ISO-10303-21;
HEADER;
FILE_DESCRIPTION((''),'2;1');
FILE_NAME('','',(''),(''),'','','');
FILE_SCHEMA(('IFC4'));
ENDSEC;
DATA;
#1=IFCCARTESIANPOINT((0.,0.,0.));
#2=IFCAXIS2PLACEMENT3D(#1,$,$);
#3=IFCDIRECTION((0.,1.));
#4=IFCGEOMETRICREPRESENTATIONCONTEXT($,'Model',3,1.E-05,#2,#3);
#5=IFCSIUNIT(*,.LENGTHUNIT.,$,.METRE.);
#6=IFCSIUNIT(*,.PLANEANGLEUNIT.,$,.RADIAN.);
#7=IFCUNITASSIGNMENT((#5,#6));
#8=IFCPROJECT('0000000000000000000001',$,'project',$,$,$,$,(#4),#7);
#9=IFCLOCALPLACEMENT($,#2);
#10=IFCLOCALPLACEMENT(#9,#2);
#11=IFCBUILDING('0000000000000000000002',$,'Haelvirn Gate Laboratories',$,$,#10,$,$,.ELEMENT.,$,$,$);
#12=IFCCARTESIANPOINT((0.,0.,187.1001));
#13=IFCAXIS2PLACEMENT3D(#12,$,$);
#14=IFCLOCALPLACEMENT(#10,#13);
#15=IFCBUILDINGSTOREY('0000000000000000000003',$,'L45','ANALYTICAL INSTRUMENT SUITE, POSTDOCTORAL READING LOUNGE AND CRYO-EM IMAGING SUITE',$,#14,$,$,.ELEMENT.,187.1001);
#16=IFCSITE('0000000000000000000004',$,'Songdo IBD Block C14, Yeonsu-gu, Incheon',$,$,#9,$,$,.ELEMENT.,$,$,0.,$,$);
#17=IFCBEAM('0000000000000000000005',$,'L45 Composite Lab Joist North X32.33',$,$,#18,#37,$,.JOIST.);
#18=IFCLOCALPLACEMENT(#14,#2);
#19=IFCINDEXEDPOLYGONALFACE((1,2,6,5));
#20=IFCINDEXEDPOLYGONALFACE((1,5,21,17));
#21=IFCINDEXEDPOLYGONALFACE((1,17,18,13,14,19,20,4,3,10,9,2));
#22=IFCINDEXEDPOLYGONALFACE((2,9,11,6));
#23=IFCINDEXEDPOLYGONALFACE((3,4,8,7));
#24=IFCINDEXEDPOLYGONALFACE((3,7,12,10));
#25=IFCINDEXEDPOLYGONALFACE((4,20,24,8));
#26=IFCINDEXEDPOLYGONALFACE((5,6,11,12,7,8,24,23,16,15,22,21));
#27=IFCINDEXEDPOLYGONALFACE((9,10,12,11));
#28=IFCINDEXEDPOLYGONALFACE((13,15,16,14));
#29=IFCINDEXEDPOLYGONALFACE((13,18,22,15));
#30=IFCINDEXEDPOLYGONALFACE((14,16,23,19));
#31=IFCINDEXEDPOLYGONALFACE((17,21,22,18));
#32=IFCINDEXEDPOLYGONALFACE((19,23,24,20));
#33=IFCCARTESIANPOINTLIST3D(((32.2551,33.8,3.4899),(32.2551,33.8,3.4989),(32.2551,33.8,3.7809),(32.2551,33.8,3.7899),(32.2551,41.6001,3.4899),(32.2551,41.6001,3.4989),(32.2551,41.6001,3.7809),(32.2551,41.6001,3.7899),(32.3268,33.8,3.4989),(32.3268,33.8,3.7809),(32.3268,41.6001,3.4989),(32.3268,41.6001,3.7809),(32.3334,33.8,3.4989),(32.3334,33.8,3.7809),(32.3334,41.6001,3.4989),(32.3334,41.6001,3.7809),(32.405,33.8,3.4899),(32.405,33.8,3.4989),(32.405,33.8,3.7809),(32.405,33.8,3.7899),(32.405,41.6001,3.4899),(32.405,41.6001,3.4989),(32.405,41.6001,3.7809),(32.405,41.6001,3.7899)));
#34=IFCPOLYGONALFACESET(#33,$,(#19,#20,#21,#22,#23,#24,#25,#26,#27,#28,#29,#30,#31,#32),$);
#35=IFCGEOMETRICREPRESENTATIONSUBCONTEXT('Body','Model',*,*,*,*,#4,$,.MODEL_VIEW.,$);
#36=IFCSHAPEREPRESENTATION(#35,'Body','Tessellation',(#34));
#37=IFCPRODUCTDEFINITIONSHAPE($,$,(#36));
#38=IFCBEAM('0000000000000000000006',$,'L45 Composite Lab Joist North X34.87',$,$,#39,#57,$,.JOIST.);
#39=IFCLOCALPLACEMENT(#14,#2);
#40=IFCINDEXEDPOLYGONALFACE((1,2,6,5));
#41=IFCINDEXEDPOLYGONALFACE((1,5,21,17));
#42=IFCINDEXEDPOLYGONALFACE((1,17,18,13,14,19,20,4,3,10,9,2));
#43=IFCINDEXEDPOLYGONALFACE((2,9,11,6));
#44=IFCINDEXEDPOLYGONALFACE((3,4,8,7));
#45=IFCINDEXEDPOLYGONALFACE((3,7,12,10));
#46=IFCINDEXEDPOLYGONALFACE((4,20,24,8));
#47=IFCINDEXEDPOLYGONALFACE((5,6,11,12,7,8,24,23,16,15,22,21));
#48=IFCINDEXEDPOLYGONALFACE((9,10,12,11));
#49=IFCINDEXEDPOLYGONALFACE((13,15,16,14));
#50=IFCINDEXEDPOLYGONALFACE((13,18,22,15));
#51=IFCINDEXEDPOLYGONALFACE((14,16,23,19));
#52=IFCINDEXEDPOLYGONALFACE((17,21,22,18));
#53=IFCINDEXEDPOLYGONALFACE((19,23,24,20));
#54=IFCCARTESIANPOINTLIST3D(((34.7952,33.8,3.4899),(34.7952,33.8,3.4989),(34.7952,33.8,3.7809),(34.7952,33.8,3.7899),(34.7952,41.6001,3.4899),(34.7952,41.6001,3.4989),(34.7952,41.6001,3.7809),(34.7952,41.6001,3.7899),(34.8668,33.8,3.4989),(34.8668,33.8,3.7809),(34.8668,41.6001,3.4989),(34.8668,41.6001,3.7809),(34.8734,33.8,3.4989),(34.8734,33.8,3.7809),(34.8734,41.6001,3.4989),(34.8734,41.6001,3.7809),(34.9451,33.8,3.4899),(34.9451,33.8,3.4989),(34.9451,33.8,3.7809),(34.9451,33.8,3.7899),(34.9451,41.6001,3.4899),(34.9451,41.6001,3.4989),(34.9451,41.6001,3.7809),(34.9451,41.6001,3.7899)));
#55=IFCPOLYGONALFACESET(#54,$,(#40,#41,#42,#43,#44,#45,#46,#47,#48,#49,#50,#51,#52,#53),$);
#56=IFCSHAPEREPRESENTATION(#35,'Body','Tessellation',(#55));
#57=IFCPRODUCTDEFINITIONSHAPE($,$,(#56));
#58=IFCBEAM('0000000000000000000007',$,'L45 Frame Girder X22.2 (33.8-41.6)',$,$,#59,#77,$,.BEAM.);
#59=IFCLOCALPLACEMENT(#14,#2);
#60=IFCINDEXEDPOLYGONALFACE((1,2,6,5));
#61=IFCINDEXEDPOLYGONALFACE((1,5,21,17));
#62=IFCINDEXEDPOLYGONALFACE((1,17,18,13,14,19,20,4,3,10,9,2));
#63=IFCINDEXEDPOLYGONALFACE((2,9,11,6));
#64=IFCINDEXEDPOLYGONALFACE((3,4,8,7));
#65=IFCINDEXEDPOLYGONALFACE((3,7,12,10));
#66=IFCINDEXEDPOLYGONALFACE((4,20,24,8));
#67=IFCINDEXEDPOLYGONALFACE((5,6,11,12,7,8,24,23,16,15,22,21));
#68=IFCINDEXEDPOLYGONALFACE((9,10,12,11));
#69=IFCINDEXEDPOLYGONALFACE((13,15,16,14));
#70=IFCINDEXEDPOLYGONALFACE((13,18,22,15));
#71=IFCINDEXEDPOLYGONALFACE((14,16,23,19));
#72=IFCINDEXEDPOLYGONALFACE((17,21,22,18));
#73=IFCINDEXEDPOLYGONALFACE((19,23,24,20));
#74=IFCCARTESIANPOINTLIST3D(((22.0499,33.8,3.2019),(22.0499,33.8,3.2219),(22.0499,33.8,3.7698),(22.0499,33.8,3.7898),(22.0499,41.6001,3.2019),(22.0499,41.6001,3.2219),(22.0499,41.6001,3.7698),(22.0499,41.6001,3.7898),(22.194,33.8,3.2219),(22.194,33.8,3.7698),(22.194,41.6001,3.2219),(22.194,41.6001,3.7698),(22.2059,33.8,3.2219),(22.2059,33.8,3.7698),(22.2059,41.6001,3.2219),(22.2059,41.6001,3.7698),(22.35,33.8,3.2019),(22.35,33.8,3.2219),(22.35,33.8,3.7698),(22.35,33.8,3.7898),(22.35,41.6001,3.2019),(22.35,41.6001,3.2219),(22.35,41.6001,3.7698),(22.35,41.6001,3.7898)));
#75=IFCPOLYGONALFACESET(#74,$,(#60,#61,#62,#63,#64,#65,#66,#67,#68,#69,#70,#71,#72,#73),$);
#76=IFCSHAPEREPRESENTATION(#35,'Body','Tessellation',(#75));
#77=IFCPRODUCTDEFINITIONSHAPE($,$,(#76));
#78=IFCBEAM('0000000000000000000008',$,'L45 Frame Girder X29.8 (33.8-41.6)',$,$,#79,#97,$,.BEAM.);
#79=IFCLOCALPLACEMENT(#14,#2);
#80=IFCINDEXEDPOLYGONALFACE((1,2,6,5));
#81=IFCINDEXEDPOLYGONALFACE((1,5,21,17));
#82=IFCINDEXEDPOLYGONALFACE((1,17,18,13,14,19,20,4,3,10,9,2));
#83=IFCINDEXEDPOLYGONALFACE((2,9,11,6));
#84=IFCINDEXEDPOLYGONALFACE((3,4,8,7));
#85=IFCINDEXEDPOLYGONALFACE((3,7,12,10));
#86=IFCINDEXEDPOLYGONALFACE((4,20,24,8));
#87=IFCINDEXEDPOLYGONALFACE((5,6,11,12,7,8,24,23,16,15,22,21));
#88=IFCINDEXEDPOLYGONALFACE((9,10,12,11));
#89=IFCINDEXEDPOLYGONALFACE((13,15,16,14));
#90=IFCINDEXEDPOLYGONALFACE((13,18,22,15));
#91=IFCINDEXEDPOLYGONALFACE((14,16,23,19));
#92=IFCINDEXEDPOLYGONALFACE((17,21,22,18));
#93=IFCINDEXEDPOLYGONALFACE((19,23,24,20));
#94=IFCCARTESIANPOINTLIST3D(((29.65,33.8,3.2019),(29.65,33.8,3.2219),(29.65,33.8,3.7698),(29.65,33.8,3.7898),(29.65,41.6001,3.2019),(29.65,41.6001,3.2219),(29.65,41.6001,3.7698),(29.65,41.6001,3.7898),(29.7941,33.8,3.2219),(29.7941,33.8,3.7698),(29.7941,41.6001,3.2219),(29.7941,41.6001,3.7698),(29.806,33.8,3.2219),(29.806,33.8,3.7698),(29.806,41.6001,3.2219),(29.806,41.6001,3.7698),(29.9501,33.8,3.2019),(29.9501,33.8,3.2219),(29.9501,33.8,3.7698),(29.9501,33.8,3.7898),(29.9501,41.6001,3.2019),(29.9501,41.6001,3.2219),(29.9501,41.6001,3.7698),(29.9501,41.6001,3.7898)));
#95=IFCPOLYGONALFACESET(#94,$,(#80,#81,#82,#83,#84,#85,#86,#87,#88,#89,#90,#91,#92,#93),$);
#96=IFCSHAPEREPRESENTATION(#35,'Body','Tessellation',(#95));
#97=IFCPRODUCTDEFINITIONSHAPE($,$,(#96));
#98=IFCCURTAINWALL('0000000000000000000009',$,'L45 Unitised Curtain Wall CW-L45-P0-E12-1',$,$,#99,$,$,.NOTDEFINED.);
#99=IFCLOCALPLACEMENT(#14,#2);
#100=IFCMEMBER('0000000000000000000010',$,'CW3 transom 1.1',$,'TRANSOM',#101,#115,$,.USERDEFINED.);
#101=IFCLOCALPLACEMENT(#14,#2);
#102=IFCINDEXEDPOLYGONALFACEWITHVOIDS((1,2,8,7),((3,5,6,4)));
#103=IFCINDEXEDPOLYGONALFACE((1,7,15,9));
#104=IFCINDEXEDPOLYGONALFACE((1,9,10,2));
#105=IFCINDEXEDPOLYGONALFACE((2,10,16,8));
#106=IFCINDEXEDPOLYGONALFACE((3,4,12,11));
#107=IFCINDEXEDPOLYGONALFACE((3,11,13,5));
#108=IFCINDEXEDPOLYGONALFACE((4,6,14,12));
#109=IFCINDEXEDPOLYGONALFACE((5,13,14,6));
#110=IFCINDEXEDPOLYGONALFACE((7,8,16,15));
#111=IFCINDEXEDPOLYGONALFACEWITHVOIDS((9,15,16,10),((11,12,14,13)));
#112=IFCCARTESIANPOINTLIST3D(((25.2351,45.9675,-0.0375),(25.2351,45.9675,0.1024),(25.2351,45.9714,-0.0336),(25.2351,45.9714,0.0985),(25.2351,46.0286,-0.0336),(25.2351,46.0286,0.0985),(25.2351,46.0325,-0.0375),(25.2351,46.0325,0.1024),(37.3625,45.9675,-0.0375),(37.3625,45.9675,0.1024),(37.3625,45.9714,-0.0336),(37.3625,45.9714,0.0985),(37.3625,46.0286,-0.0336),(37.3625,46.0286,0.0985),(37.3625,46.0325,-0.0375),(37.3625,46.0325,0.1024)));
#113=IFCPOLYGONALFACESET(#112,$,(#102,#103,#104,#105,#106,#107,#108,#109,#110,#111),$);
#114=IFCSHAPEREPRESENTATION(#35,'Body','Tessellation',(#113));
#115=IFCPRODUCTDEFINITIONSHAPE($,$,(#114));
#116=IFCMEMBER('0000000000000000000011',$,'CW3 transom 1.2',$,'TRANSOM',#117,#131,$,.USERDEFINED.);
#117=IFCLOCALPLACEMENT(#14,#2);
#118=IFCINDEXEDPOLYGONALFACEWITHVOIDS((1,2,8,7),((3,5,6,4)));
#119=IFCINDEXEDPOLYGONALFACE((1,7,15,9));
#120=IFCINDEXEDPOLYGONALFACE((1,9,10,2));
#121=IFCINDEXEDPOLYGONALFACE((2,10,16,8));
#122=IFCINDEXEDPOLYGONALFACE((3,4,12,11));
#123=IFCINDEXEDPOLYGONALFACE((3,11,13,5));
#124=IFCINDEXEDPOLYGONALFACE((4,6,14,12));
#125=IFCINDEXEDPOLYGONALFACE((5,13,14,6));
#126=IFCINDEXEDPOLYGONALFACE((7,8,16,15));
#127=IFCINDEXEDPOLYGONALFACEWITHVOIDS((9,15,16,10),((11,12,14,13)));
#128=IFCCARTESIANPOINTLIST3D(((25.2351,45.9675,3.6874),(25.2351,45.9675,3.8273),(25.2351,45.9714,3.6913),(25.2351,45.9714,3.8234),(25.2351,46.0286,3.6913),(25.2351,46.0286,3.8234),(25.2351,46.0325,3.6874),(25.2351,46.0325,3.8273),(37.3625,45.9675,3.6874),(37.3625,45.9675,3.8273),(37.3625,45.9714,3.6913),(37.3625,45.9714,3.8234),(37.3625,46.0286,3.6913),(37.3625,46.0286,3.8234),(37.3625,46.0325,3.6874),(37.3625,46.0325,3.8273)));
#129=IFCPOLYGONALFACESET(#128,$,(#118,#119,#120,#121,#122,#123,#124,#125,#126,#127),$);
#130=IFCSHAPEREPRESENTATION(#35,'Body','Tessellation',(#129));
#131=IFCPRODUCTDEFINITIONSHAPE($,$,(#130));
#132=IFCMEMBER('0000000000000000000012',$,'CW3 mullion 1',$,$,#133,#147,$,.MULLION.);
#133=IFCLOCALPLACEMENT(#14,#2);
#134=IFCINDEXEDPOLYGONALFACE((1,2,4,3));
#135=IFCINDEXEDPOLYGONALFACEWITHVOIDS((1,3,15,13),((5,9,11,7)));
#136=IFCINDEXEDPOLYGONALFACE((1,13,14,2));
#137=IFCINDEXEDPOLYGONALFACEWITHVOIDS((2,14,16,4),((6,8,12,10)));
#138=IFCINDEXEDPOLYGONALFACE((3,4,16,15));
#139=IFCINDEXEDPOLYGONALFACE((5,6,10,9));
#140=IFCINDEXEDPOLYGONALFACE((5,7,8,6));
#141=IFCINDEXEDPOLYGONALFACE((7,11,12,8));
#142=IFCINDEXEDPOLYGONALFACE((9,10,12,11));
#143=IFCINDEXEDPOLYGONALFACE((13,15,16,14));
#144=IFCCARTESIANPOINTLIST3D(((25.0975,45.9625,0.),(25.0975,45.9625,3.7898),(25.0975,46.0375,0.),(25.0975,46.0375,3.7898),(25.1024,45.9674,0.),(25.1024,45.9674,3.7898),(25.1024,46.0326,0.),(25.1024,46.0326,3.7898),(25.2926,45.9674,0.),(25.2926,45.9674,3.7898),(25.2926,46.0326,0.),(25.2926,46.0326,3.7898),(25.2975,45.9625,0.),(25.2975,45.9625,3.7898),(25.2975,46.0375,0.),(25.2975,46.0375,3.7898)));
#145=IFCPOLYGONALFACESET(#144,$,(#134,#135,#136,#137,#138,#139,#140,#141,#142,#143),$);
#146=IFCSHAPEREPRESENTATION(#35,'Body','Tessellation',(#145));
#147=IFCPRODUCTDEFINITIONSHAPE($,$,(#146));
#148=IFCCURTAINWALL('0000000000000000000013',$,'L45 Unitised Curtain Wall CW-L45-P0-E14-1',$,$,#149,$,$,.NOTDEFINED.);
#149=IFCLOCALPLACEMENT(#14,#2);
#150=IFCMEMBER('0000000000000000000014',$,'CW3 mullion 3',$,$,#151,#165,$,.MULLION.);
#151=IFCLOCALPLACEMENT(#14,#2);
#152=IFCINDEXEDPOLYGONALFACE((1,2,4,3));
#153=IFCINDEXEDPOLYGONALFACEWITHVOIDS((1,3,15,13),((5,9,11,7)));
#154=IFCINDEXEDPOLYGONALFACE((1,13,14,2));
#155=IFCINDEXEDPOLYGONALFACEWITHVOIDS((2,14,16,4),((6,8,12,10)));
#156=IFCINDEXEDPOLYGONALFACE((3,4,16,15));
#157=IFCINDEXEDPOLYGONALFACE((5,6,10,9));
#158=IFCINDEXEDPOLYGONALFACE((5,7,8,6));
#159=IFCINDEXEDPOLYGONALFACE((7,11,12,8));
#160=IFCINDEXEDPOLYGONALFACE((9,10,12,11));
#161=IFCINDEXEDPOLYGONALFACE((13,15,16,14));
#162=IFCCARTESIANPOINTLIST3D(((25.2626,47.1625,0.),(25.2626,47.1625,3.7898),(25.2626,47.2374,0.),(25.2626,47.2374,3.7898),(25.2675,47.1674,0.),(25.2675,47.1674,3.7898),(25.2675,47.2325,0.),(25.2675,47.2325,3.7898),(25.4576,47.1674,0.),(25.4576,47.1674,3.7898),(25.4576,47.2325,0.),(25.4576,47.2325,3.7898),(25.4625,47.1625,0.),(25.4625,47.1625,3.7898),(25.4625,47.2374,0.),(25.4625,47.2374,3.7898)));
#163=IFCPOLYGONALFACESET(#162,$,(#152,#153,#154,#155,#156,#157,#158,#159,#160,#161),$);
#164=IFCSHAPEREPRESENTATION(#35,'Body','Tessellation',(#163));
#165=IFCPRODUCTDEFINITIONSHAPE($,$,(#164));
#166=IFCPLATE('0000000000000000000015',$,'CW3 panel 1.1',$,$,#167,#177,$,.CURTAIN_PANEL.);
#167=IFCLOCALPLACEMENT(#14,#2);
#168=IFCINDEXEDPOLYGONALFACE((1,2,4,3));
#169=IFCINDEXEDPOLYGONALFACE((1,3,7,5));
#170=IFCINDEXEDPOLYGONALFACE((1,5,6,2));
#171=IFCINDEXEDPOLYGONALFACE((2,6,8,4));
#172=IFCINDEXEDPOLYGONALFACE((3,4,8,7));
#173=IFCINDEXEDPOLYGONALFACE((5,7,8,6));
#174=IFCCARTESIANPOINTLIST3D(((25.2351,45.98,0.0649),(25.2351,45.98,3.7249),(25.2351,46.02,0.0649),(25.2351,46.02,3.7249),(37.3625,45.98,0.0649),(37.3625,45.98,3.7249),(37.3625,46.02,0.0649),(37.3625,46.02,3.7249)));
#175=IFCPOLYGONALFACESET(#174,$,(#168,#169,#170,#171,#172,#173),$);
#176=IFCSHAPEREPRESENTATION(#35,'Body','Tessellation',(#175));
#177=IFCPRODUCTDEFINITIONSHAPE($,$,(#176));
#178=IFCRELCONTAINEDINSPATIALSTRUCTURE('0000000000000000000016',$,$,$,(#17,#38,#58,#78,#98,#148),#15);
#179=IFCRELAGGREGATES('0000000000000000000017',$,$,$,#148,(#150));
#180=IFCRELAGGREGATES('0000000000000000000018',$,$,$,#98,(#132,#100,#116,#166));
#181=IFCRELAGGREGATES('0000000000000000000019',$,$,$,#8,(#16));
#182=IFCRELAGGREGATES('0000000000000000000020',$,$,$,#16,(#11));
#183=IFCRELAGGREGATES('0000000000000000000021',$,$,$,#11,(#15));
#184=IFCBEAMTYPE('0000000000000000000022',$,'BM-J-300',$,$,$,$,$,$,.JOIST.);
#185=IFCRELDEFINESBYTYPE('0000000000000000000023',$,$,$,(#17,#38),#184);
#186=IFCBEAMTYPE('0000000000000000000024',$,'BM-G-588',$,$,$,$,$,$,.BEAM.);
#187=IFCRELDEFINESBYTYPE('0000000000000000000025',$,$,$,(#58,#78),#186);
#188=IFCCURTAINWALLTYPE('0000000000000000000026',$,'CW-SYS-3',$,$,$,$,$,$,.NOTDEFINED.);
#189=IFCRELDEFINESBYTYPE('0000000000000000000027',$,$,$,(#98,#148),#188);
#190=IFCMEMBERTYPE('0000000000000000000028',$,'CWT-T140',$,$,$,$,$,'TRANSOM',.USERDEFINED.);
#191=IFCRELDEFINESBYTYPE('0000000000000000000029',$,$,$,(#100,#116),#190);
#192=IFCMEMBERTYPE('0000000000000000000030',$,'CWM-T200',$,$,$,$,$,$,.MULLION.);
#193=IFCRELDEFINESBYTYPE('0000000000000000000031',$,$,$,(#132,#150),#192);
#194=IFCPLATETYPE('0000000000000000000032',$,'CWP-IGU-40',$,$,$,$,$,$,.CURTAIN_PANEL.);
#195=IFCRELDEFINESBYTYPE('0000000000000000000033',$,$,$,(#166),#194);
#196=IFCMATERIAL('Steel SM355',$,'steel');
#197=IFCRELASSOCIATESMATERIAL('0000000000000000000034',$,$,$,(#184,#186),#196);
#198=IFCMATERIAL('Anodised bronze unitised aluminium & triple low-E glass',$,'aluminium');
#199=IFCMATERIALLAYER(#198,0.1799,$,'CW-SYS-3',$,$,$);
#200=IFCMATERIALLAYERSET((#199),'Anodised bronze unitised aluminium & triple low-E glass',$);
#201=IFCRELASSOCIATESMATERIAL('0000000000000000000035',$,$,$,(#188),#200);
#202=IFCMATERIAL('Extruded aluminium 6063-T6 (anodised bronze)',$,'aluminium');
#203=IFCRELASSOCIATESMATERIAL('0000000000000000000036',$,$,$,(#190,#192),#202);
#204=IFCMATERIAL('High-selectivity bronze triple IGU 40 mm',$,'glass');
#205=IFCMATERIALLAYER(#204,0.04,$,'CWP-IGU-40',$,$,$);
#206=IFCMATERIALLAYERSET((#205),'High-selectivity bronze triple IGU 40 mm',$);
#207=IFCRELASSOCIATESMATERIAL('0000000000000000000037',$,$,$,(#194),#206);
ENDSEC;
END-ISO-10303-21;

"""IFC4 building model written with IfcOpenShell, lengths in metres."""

from ifc_helpers import new_model, si_unit, direction, frame, origin, origin_2d, place, context, subcontext, project, spatial, rectangle, hollow_rectangle, i_section, extrude, source, transform, mapped, material, layer, layer_set, material_profile, profile_set, type_object, type_shapes, element, aggregate, save


model = new_model("IFC4")

# Units and contexts
model_context = context("Model", 3, precision=1e-05, world=origin(), true_north=direction((0.0, 1.0)))
body_context = subcontext(model_context, "Body", "Model", "MODEL_VIEW")
ifc_project = project(units=[si_unit("LENGTHUNIT", "METRE"), si_unit("PLANEANGLEUNIT", "RADIAN")], contexts=[model_context])

# Site, building, storey
site_placement = place(None, origin())
site = spatial("IfcSite", under=ifc_project, at=site_placement, Name="Songdo IBD Block C14, Yeonsu-gu, Incheon", CompositionType="ELEMENT", RefElevation=0.0)
building_placement = place(site_placement, origin())
building = spatial("IfcBuilding", under=site, at=building_placement, Name="Haelvirn Gate Laboratories", CompositionType="ELEMENT")
storey_placement = place(building_placement, frame((0.0, 0.0, 187.1001)))
storey = spatial("IfcBuildingStorey", under=building, at=storey_placement, Name="L45", Description="ANALYTICAL INSTRUMENT SUITE, POSTDOCTORAL READING LOUNGE AND CRYO-EM IMAGING SUITE", CompositionType="ELEMENT", Elevation=187.1001)

# Shared definitions
ifc_material_1 = material(Name="Steel SM355", Category="steel")

# Beams
ifc_material_profile_1 = material_profile(ifc_material_1, i_section(OverallWidth=0.1499, OverallDepth=0.3, WebThickness=0.0066, FlangeThickness=0.009, at=origin_2d()), Name="H-300x150x6.5x9")
ifc_profile_set_1 = profile_set([ifc_material_profile_1], Name="Steel SM355")
beam_type_1 = type_object("IfcBeamType", Name="BM-J-300", PredefinedType="JOIST", material=ifc_profile_set_1)
shared_shape_1 = source(origin(), body_context, "Body", "SweptSolid", [
    extrude(i_section(OverallWidth=0.1499, OverallDepth=0.3, WebThickness=0.0066, FlangeThickness=0.009, at=origin_2d()), origin(), (0.0, 0.0, 1.0), 7.8),
])
type_shapes(beam_type_1, [shared_shape_1])
for number, where, z_axis, x_axis, name in (
    (1, (32.3301, 33.8, 3.6399), (0.0, 1.0, 0.0), (-1.0, 0.0, 0.0), "L45 Composite Lab Joist North X32.33"),
    (2, (34.8701, 33.8, 3.6399), (0.0, 1.0, 0.0), (-1.0, 0.0, 0.0), "L45 Composite Lab Joist North X34.87"),
):
    element("IfcBeam", number, at=place(storey_placement, frame(where, z_axis=z_axis, x_axis=x_axis)), inside=storey, type_object=beam_type_1, Name=name, PredefinedType="JOIST", context=body_context, shape_type="MappedRepresentation", body=[
        mapped(shared_shape_1, transform((0.0, 0.0, 0.0), scale=1.0)),
    ])
ifc_material_profile_2 = material_profile(ifc_material_1, i_section(OverallWidth=0.3, OverallDepth=0.5879, WebThickness=0.012, FlangeThickness=0.02, at=origin_2d()), Name="H-588x300x12x20")
ifc_profile_set_2 = profile_set([ifc_material_profile_2], Name="Steel SM355")
beam_type_2 = type_object("IfcBeamType", Name="BM-G-588", PredefinedType="BEAM", material=ifc_profile_set_2)
shared_shape_2 = source(origin(), body_context, "Body", "SweptSolid", [
    extrude(i_section(OverallWidth=0.3, OverallDepth=0.5879, WebThickness=0.012, FlangeThickness=0.02, at=origin_2d()), origin(), (0.0, 0.0, 1.0), 7.8),
])
type_shapes(beam_type_2, [shared_shape_2])
for number, where, z_axis, x_axis, name in (
    (3, (22.2, 33.8, 3.4958), (0.0, 1.0, 0.0), (-1.0, 0.0, 0.0), "L45 Frame Girder X22.2 (33.8-41.6)"),
    (4, (29.8, 33.8, 3.4958), (0.0, 1.0, 0.0), (-1.0, 0.0, 0.0), "L45 Frame Girder X29.8 (33.8-41.6)"),
):
    element("IfcBeam", number, at=place(storey_placement, frame(where, z_axis=z_axis, x_axis=x_axis)), inside=storey, type_object=beam_type_2, Name=name, PredefinedType="BEAM", context=body_context, shape_type="MappedRepresentation", body=[
        mapped(shared_shape_2, transform((0.0, 0.0, 0.0), scale=1.0)),
    ])

# Curtain wall, members
ifc_material_2 = material(Name="Anodised bronze unitised aluminium & triple low-E glass", Category="aluminium")
ifc_layer_1 = layer(ifc_material_2, 0.1799, Name="CW-SYS-3")
ifc_layer_set_1 = layer_set([ifc_layer_1], Name="Anodised bronze unitised aluminium & triple low-E glass")
curtain_wall_type = type_object("IfcCurtainWallType", Name="CW-SYS-3", PredefinedType="NOTDEFINED", material=ifc_layer_set_1)
curtain_wall_1_placement = place(storey_placement, origin())
curtain_wall_1 = element("IfcCurtainWall", 5, at=curtain_wall_1_placement, inside=storey, type_object=curtain_wall_type, Name="L45 Unitised Curtain Wall CW-L45-P0-E12-1", PredefinedType="NOTDEFINED")
ifc_material_3 = material(Name="Extruded aluminium 6063-T6 (anodised bronze)", Category="aluminium")
ifc_material_profile_3 = material_profile(ifc_material_3, hollow_rectangle(XDim=0.0649, YDim=0.1399, WallThickness=0.0039, at=origin_2d()), Name="CWT-140x65x4")
ifc_profile_set_3 = profile_set([ifc_material_profile_3], Name="Extruded aluminium 6063-T6 (anodised bronze)")
member_type_1 = type_object("IfcMemberType", Name="CWT-T140", ElementType="TRANSOM", PredefinedType="USERDEFINED", material=ifc_profile_set_3)
shared_shape_3 = source(origin(), body_context, "Body", "SweptSolid", [
    extrude(hollow_rectangle(XDim=0.0649, YDim=0.1399, WallThickness=0.0039, at=origin_2d()), origin(), (0.0, 0.0, 1.0), 12.1274),
])
type_shapes(member_type_1, [shared_shape_3])
member_1_placement = place(storey_placement, frame((25.2351, 46.0, 0.0325), z_axis=(1.0, 0.0, 0.0), x_axis=(0.0, 1.0, 0.0)))
member_1 = element("IfcMember", 6, at=member_1_placement, type_object=member_type_1, Name="CW3 transom 1.1", ObjectType="TRANSOM", PredefinedType="USERDEFINED", context=body_context, shape_type="MappedRepresentation", body=[
    mapped(shared_shape_3, transform((0.0, 0.0, 0.0), scale=1.0)),
])
member_2_placement = place(storey_placement, frame((25.2351, 46.0, 3.7573), z_axis=(1.0, 0.0, 0.0), x_axis=(0.0, 1.0, 0.0)))
member_2 = element("IfcMember", 7, at=member_2_placement, type_object=member_type_1, Name="CW3 transom 1.2", ObjectType="TRANSOM", PredefinedType="USERDEFINED", context=body_context, shape_type="MappedRepresentation", body=[
    mapped(shared_shape_3, transform((0.0, 0.0, 0.0), scale=1.0)),
])
ifc_material_profile_4 = material_profile(ifc_material_3, hollow_rectangle(XDim=0.075, YDim=0.2, WallThickness=0.0049, at=origin_2d()), Name="CWM-200x75x5")
ifc_profile_set_4 = profile_set([ifc_material_profile_4], Name="Extruded aluminium 6063-T6 (anodised bronze)")
member_type_2 = type_object("IfcMemberType", Name="CWM-T200", PredefinedType="MULLION", material=ifc_profile_set_4)
shared_shape_4 = source(origin(), body_context, "Body", "SweptSolid", [
    extrude(hollow_rectangle(XDim=0.075, YDim=0.2, WallThickness=0.0049, at=origin_2d()), origin(), (0.0, 0.0, 1.0), 3.7898),
])
type_shapes(member_type_2, [shared_shape_4])
member_3_placement = place(storey_placement, frame((25.1975, 46.0, 0.0), z_axis=(0.0, 0.0, 1.0), x_axis=(0.0, 1.0, 0.0)))
member_3 = element("IfcMember", 8, at=member_3_placement, type_object=member_type_2, Name="CW3 mullion 1", PredefinedType="MULLION", context=body_context, shape_type="MappedRepresentation", body=[
    mapped(shared_shape_4, transform((0.0, 0.0, 0.0), scale=1.0)),
])

# Curtain wall, member
curtain_wall_2_placement = place(storey_placement, origin())
curtain_wall_2 = element("IfcCurtainWall", 9, at=curtain_wall_2_placement, inside=storey, type_object=curtain_wall_type, Name="L45 Unitised Curtain Wall CW-L45-P0-E14-1", PredefinedType="NOTDEFINED")
member_4_placement = place(storey_placement, frame((25.3625, 47.2, 0.0), z_axis=(0.0, 0.0, 1.0), x_axis=(0.0, 1.0, 0.0)))
member_4 = element("IfcMember", 10, at=member_4_placement, type_object=member_type_2, Name="CW3 mullion 3", PredefinedType="MULLION", context=body_context, shape_type="MappedRepresentation", body=[
    mapped(shared_shape_4, transform((0.0, 0.0, 0.0), scale=1.0)),
])
aggregate(curtain_wall_2, [member_4])

# Plate
ifc_material_4 = material(Name="High-selectivity bronze triple IGU 40 mm", Category="glass")
ifc_layer_2 = layer(ifc_material_4, 0.04, Name="CWP-IGU-40")
ifc_layer_set_2 = layer_set([ifc_layer_2], Name="High-selectivity bronze triple IGU 40 mm")
plate_type = type_object("IfcPlateType", Name="CWP-IGU-40", PredefinedType="CURTAIN_PANEL", material=ifc_layer_set_2)
shared_shape_5 = source(origin(), body_context, "Body", "SweptSolid", [
    extrude(rectangle(XDim=12.1274, YDim=0.04, at=origin_2d()), origin(), (0.0, 0.0, 1.0), 3.6599),
])
type_shapes(plate_type, [shared_shape_5])
plate_placement = place(storey_placement, frame((31.2988, 46.0, 0.0649), z_axis=(0.0, 0.0, 1.0), x_axis=(1.0, 0.0, 0.0)))
plate = element("IfcPlate", 11, at=plate_placement, type_object=plate_type, Name="CW3 panel 1.1", PredefinedType="CURTAIN_PANEL", context=body_context, shape_type="MappedRepresentation", body=[
    mapped(shared_shape_5, transform((0.0, 0.0, 0.0), scale=1.0)),
])
aggregate(curtain_wall_1, [member_3, member_1, member_2, plate])

save(model, "model.ifc")
